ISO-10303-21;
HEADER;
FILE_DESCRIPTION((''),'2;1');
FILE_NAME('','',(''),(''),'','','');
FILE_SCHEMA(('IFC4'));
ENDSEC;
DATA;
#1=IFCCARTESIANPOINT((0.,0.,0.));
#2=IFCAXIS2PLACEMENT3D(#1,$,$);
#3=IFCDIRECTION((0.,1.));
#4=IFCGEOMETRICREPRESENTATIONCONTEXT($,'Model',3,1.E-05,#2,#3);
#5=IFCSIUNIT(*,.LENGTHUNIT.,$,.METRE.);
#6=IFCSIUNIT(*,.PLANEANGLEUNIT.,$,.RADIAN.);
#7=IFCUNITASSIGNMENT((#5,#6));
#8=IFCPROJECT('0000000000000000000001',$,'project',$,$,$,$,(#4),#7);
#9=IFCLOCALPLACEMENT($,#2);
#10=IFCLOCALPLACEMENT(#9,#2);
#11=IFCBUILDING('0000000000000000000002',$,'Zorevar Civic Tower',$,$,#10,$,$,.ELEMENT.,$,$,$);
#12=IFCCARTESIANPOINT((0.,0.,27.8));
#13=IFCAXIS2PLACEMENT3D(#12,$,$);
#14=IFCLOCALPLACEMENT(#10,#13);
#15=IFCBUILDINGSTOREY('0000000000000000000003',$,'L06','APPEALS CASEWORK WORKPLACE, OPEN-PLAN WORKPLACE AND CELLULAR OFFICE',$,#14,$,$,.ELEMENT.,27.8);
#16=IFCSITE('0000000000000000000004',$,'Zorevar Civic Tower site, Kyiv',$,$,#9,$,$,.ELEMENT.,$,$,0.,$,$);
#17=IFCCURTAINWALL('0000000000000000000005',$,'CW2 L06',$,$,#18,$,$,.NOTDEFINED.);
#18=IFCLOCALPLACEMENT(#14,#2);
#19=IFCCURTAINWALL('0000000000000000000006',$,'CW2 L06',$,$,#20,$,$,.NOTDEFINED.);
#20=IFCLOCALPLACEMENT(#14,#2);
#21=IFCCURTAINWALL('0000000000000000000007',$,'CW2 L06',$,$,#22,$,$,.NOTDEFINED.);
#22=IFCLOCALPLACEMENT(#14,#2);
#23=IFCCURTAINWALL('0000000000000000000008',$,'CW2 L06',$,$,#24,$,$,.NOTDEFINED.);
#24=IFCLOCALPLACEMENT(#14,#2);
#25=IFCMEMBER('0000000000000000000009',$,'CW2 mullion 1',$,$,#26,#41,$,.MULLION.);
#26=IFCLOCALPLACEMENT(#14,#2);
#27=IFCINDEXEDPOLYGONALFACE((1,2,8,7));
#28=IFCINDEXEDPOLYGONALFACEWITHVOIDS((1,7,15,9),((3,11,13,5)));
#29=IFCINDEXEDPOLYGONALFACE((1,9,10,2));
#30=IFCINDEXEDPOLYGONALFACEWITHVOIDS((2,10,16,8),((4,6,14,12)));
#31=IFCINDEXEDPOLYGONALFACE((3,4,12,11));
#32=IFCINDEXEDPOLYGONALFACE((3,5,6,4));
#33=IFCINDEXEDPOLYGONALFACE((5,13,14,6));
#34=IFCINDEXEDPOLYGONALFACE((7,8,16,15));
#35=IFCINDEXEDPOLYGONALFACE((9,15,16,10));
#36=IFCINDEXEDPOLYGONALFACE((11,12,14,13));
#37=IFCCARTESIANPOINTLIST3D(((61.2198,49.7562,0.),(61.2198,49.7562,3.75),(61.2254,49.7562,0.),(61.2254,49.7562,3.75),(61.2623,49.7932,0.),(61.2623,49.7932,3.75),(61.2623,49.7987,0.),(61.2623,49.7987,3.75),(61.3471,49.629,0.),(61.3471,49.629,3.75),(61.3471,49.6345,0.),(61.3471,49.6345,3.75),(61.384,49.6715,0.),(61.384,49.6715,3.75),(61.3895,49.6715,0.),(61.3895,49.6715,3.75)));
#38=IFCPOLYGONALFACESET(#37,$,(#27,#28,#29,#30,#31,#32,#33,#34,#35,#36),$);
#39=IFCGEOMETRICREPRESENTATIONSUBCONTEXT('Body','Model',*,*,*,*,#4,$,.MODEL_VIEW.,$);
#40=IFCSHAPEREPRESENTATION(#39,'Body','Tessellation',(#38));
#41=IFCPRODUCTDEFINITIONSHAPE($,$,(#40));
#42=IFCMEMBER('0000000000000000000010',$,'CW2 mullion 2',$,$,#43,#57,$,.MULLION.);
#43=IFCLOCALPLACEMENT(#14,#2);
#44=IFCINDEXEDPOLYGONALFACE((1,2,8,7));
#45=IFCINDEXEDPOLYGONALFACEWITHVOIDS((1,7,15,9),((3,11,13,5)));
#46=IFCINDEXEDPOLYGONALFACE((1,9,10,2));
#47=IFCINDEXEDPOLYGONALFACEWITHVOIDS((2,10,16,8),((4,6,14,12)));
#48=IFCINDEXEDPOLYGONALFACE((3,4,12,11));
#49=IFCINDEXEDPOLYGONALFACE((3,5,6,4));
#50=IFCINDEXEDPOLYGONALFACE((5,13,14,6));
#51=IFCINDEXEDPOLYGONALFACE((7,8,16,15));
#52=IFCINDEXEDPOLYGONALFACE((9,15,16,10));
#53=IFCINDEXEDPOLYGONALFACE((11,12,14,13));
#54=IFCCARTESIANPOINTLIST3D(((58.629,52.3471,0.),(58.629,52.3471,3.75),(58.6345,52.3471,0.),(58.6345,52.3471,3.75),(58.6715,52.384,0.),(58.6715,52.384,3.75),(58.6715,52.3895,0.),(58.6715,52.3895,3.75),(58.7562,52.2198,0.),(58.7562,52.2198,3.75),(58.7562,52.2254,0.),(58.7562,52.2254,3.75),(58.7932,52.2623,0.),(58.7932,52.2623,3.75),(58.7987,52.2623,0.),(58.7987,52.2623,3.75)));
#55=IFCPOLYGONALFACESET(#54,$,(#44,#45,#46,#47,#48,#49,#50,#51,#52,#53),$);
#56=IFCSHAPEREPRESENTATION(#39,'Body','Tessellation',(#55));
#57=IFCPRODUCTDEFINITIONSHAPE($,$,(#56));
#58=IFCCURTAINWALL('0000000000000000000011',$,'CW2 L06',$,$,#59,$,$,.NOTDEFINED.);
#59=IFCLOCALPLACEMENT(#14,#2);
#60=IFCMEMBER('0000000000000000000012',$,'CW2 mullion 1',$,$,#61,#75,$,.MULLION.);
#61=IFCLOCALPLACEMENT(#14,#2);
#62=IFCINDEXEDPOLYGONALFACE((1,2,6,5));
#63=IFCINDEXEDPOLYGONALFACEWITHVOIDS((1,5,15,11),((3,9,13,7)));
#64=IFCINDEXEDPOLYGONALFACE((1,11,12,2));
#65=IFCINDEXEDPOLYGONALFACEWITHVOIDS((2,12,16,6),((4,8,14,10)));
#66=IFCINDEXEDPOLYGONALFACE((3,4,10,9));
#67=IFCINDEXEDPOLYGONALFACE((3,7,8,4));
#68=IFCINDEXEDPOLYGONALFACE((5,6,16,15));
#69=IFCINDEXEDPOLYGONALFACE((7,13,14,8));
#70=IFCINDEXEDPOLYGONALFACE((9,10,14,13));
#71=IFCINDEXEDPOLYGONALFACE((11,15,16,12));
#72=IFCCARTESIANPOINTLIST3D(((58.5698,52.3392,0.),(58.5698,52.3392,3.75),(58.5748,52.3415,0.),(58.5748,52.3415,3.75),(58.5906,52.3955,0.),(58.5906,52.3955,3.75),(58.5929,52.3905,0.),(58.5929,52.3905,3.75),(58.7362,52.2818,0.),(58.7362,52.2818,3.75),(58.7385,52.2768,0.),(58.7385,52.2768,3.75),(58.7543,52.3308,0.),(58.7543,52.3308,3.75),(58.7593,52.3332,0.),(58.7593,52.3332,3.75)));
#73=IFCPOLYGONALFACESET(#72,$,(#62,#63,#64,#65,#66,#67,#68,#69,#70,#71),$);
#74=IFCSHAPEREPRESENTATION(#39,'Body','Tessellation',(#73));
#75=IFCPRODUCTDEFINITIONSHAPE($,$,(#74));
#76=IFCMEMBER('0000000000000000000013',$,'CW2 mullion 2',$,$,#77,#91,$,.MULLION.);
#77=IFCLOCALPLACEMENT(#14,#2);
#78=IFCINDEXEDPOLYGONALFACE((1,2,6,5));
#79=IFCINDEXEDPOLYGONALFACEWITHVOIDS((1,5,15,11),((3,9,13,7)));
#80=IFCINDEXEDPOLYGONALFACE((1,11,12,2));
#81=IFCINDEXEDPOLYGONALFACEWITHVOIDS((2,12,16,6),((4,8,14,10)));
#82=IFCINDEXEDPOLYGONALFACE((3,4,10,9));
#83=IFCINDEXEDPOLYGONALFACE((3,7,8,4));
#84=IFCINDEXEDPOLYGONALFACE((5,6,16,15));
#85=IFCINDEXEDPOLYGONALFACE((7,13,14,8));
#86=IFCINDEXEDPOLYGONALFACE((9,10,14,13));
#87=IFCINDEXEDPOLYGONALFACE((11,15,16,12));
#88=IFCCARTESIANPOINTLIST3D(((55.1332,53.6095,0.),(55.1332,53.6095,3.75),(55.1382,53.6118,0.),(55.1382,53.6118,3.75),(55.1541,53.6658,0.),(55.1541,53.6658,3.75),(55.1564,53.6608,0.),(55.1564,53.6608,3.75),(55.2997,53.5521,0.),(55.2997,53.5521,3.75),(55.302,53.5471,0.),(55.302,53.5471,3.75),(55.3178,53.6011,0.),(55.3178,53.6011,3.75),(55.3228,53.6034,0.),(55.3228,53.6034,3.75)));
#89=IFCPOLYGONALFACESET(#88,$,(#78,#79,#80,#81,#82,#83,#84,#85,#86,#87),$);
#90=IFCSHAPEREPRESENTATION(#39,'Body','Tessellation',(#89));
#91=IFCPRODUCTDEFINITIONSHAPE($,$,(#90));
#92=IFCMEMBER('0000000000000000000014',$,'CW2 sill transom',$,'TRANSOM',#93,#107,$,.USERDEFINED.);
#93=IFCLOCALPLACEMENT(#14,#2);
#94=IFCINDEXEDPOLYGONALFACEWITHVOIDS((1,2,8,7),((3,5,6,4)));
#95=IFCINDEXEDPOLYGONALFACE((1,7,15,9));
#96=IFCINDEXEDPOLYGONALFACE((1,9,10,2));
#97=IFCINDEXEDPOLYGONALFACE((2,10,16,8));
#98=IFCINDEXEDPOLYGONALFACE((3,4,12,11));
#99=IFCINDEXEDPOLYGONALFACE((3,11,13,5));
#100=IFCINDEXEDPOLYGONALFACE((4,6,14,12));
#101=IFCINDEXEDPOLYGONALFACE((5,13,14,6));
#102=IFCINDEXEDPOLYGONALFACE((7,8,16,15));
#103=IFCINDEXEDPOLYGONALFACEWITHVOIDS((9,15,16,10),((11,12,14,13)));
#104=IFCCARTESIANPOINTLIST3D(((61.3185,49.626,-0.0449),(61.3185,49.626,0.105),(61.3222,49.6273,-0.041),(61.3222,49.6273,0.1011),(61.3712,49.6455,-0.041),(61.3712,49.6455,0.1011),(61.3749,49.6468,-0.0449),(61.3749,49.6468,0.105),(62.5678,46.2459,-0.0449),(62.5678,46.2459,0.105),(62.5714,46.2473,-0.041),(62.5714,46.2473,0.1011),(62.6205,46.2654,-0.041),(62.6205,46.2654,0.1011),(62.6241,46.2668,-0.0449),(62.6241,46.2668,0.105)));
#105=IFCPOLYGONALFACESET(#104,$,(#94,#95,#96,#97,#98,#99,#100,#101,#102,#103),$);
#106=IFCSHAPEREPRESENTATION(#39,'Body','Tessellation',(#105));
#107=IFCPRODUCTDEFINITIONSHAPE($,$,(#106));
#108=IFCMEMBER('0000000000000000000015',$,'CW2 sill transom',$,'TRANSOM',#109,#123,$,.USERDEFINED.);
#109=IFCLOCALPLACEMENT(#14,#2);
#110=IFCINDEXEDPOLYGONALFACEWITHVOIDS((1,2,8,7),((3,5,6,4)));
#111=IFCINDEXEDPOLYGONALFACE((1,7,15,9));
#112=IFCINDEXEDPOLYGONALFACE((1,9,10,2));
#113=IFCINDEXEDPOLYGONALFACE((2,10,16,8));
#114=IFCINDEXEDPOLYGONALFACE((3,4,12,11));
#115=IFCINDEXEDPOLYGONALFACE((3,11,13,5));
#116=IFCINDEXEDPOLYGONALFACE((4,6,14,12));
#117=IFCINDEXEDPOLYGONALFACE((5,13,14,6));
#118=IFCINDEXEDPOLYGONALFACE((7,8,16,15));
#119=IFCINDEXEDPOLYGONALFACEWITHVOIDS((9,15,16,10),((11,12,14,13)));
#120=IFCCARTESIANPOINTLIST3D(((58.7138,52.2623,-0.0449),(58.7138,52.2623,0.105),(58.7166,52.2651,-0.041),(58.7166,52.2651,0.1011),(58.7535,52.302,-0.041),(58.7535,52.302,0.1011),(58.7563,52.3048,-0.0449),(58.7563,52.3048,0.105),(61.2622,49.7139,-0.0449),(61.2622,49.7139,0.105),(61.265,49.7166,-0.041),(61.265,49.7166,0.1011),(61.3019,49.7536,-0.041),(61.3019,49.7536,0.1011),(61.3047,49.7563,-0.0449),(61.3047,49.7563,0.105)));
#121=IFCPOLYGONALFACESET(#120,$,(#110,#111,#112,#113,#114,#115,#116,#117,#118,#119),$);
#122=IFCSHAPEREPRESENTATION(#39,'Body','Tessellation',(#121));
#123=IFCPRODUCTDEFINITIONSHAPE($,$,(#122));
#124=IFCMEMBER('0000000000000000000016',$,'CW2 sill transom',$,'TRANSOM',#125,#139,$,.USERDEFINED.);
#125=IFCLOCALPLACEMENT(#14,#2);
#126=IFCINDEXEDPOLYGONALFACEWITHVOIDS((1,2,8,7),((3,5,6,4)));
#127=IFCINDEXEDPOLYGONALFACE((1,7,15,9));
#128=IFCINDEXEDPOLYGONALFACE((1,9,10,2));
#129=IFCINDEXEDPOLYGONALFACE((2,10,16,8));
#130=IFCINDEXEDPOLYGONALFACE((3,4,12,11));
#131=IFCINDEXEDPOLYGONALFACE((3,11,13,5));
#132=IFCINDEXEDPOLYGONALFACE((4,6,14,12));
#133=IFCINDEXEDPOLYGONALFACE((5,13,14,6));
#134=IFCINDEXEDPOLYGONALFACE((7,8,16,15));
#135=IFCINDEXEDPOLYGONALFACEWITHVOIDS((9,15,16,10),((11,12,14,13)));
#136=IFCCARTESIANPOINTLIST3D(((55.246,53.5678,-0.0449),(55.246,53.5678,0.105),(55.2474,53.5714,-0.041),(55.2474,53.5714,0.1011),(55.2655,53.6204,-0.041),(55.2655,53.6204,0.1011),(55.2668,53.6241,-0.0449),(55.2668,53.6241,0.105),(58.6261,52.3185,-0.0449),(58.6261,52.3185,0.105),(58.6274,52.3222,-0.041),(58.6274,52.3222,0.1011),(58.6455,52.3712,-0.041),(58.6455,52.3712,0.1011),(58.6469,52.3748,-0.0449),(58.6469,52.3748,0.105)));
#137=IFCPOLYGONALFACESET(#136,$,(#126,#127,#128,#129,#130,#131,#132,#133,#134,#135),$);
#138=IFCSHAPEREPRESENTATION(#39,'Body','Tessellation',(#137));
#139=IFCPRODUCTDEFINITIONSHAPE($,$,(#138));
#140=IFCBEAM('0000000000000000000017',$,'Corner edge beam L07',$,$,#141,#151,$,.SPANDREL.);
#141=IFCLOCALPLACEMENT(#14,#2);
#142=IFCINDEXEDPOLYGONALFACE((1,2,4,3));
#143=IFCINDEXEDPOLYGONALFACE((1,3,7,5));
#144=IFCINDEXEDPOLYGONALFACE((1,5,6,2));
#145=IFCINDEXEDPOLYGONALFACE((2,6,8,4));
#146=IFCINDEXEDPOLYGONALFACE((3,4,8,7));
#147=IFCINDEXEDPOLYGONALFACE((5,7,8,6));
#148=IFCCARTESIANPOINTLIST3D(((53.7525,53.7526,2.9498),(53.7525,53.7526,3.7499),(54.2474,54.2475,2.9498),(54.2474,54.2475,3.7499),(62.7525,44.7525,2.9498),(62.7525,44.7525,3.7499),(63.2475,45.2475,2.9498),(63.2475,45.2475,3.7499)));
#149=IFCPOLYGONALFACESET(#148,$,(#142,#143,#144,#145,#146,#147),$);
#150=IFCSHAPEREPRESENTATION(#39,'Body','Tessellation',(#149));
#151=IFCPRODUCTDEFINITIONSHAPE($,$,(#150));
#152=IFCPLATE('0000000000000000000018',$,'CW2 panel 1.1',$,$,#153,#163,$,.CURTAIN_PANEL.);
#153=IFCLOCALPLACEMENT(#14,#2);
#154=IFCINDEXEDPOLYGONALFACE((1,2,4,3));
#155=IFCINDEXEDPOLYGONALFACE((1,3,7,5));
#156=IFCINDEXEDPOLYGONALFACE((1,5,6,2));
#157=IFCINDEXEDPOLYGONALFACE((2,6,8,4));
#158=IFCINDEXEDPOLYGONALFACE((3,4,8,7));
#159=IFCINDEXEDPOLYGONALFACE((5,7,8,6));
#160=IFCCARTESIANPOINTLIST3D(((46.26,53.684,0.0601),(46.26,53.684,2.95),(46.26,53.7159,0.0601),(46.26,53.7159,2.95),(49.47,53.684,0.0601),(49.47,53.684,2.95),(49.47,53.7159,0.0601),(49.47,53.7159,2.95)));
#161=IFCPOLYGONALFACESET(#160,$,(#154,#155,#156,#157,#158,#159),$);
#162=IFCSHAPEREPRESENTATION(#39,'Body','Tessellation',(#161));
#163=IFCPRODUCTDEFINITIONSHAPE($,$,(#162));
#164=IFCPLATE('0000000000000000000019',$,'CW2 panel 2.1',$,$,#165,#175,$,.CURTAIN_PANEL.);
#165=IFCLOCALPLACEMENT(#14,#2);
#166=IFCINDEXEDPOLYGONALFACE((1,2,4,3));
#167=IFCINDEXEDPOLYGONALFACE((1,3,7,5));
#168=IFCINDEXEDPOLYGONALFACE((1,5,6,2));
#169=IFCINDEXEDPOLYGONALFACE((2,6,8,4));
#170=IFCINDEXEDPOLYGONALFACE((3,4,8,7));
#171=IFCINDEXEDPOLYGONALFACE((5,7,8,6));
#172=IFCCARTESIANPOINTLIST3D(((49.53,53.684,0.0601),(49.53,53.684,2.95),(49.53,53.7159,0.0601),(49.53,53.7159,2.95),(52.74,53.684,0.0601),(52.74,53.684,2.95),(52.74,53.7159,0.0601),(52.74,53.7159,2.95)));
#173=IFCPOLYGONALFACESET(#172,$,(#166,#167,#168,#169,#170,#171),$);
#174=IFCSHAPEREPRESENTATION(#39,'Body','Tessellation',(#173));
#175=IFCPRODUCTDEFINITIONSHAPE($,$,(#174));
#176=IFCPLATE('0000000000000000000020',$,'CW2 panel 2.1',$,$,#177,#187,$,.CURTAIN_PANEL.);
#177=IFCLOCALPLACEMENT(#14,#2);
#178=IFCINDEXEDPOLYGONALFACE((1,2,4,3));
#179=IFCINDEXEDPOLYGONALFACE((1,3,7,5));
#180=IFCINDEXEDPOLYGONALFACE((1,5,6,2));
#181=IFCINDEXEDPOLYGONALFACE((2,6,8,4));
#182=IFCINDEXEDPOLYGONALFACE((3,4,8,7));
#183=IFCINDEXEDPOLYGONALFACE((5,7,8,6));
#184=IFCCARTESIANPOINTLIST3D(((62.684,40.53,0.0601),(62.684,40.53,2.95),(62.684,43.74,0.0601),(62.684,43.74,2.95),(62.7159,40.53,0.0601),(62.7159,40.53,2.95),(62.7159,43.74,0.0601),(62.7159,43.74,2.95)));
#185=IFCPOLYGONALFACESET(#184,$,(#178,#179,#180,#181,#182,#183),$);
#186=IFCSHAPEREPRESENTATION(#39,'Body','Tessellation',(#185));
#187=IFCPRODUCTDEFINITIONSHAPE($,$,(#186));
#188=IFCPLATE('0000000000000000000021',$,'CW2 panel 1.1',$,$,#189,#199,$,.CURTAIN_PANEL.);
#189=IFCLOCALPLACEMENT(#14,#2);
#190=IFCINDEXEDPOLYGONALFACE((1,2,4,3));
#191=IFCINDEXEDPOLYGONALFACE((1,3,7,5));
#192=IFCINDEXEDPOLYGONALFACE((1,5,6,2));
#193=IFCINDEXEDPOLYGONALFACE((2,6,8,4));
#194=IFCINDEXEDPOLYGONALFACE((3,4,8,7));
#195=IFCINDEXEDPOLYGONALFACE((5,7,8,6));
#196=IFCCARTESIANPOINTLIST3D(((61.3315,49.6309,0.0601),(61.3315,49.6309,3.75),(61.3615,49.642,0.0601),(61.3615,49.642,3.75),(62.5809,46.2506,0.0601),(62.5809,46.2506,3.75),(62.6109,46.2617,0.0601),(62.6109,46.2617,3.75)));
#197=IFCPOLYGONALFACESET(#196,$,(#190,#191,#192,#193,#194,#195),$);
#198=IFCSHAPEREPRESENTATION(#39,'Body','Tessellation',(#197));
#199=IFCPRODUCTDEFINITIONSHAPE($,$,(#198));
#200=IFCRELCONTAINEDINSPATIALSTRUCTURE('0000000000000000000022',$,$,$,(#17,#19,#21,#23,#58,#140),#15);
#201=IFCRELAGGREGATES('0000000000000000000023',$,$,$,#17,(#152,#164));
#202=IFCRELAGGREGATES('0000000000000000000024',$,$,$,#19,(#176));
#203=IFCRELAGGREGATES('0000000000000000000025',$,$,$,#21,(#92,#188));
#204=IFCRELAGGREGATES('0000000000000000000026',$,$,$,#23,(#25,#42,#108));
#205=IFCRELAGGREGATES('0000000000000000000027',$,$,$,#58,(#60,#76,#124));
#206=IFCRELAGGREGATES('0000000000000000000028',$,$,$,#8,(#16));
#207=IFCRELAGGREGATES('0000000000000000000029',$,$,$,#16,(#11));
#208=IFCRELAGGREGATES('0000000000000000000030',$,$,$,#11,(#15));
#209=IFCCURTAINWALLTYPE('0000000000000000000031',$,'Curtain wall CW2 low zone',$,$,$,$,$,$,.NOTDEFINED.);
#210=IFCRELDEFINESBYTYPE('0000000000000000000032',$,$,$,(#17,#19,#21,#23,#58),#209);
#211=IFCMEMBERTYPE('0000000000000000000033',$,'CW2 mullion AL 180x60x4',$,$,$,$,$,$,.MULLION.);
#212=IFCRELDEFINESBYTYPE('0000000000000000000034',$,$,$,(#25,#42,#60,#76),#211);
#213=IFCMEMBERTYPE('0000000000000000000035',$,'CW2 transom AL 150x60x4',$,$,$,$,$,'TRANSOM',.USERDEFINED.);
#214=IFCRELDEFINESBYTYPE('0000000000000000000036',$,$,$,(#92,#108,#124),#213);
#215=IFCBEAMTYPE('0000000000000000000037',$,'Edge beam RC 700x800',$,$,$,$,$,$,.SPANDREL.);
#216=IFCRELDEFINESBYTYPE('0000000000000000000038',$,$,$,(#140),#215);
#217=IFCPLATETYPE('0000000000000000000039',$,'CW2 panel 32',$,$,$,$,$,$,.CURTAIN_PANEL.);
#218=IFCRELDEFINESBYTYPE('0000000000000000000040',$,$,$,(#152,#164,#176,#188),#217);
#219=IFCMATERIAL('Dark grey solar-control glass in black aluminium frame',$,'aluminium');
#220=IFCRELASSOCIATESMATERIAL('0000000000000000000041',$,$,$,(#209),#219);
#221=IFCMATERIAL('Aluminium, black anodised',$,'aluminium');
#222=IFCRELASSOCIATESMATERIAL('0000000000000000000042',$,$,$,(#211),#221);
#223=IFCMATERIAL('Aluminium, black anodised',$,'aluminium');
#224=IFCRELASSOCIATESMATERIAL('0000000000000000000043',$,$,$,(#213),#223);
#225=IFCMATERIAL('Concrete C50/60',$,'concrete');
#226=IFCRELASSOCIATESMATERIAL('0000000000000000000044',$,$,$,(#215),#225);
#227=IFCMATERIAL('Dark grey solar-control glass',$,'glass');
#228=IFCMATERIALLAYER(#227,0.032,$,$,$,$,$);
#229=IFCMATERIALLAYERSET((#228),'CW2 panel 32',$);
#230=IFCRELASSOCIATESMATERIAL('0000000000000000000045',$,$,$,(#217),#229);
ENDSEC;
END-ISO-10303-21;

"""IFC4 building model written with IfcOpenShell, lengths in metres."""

from ifc_helpers import new_model, si_unit, direction, frame, origin, origin_2d, place, context, subcontext, project, spatial, rectangle, hollow_rectangle, extrude, material, layer, layer_set, material_profile, profile_set, type_object, element, aggregate, save


model = new_model("IFC4")

# Units and contexts
model_context = context("Model", 3, precision=1e-05, world=origin(), true_north=direction((0.0, 1.0)))
body_context = subcontext(model_context, "Body", "Model", "MODEL_VIEW")
ifc_project = project(units=[si_unit("LENGTHUNIT", "METRE"), si_unit("PLANEANGLEUNIT", "RADIAN")], contexts=[model_context])

# Site, building, storey
site_placement = place(None, origin())
site = spatial("IfcSite", under=ifc_project, at=site_placement, Name="Zorevar Civic Tower site, Kyiv", CompositionType="ELEMENT", RefElevation=0.0)
building_placement = place(site_placement, origin())
building = spatial("IfcBuilding", under=site, at=building_placement, Name="Zorevar Civic Tower", CompositionType="ELEMENT")
storey_placement = place(building_placement, frame((0.0, 0.0, 27.8)))
storey = spatial("IfcBuildingStorey", under=building, at=storey_placement, Name="L06", Description="APPEALS CASEWORK WORKPLACE, OPEN-PLAN WORKPLACE AND CELLULAR OFFICE", CompositionType="ELEMENT", Elevation=27.8)

# Curtain walls, members
ifc_material_1 = material(Name="Dark grey solar-control glass in black aluminium frame", Category="aluminium")
curtain_wall_type = type_object("IfcCurtainWallType", Name="Curtain wall CW2 low zone", PredefinedType="NOTDEFINED", material=ifc_material_1)
curtain_wall_1_placement = place(storey_placement, origin())
curtain_wall_1 = element("IfcCurtainWall", 1, at=curtain_wall_1_placement, inside=storey, type_object=curtain_wall_type, Name="CW2 L06", PredefinedType="NOTDEFINED")
ifc_material_2 = material(Name="Aluminium, black anodised", Category="aluminium")
ifc_material_profile_1 = material_profile(ifc_material_2, hollow_rectangle(XDim=0.0601, YDim=0.1799, WallThickness=0.0039, at=origin_2d()), Name="AL 180x60x4")
ifc_profile_set_1 = profile_set([ifc_material_profile_1], Name="Aluminium, black anodised")
member_type_1 = type_object("IfcMemberType", Name="CW2 mullion AL 180x60x4", PredefinedType="MULLION", material=ifc_profile_set_1)
curtain_wall_2_placement = place(storey_placement, origin())
curtain_wall_2 = element("IfcCurtainWall", 2, at=curtain_wall_2_placement, inside=storey, type_object=curtain_wall_type, Name="CW2 L06", PredefinedType="NOTDEFINED")
curtain_wall_3_placement = place(storey_placement, origin())
curtain_wall_3 = element("IfcCurtainWall", 3, at=curtain_wall_3_placement, inside=storey, type_object=curtain_wall_type, Name="CW2 L06", PredefinedType="NOTDEFINED")
curtain_wall_4_placement = place(storey_placement, origin())
curtain_wall_4 = element("IfcCurtainWall", 4, at=curtain_wall_4_placement, inside=storey, type_object=curtain_wall_type, Name="CW2 L06", PredefinedType="NOTDEFINED")
member_1_placement = place(storey_placement, frame((61.3047, 49.7139, 0.0), z_axis=(0.0, 0.0, 1.0), x_axis=(-0.707107, -0.707107, 0.0)))
member_1 = element("IfcMember", 5, at=member_1_placement, type_object=member_type_1, Name="CW2 mullion 1", PredefinedType="MULLION", context=body_context, shape_type="SweptSolid", body=[
    extrude(hollow_rectangle(XDim=0.0601, YDim=0.1799, WallThickness=0.0039, at=origin_2d()), origin(), (0.0, 0.0, 1.0), 3.75),
])
member_2_placement = place(storey_placement, frame((58.7139, 52.3047, 0.0), z_axis=(0.0, 0.0, 1.0), x_axis=(-0.707107, -0.707107, 0.0)))
member_2 = element("IfcMember", 6, at=member_2_placement, type_object=member_type_1, Name="CW2 mullion 2", PredefinedType="MULLION", context=body_context, shape_type="SweptSolid", body=[
    extrude(hollow_rectangle(XDim=0.0601, YDim=0.1799, WallThickness=0.0039, at=origin_2d()), origin(), (0.0, 0.0, 1.0), 3.75),
])
curtain_wall_5_placement = place(storey_placement, origin())
curtain_wall_5 = element("IfcCurtainWall", 7, at=curtain_wall_5_placement, inside=storey, type_object=curtain_wall_type, Name="CW2 L06", PredefinedType="NOTDEFINED")
member_3_placement = place(storey_placement, frame((58.6646, 52.3362, 0.0), z_axis=(0.0, 0.0, 1.0), x_axis=(-0.346704, -0.937975, 0.0)))
member_3 = element("IfcMember", 8, at=member_3_placement, type_object=member_type_1, Name="CW2 mullion 1", PredefinedType="MULLION", context=body_context, shape_type="SweptSolid", body=[
    extrude(hollow_rectangle(XDim=0.0601, YDim=0.1799, WallThickness=0.0039, at=origin_2d()), origin(), (0.0, 0.0, 1.0), 3.75),
])
member_4_placement = place(storey_placement, frame((55.228, 53.6064, 0.0), z_axis=(0.0, 0.0, 1.0), x_axis=(-0.346704, -0.937975, 0.0)))
member_4 = element("IfcMember", 9, at=member_4_placement, type_object=member_type_1, Name="CW2 mullion 2", PredefinedType="MULLION", context=body_context, shape_type="SweptSolid", body=[
    extrude(hollow_rectangle(XDim=0.0601, YDim=0.1799, WallThickness=0.0039, at=origin_2d()), origin(), (0.0, 0.0, 1.0), 3.75),
])

# Members
ifc_material_3 = material(Name="Aluminium, black anodised", Category="aluminium")
ifc_material_profile_2 = material_profile(ifc_material_3, hollow_rectangle(XDim=0.0601, YDim=0.1499, WallThickness=0.0039, at=origin_2d()), Name="AL 150x60x4")
ifc_profile_set_2 = profile_set([ifc_material_profile_2], Name="Aluminium, black anodised")
member_type_2 = type_object("IfcMemberType", Name="CW2 transom AL 150x60x4", ElementType="TRANSOM", PredefinedType="USERDEFINED", material=ifc_profile_set_2)
member_5_placement = place(storey_placement, frame((62.5959, 46.2563, 0.03), z_axis=(-0.346672, 0.937986, 0.0), x_axis=(-0.937986, -0.346672, 0.0)))
member_5 = element("IfcMember", 10, at=member_5_placement, type_object=member_type_2, Name="CW2 sill transom", ObjectType="TRANSOM", PredefinedType="USERDEFINED", context=body_context, shape_type="SweptSolid", body=[
    extrude(hollow_rectangle(XDim=0.0601, YDim=0.1499, WallThickness=0.0039, at=origin_2d()), origin(), (0.0, 0.0, 1.0), 3.6035),
])
member_6_placement = place(storey_placement, frame((61.2834, 49.7351, 0.03), z_axis=(-0.707107, 0.707107, 0.0), x_axis=(-0.707107, -0.707107, 0.0)))
member_6 = element("IfcMember", 11, at=member_6_placement, type_object=member_type_2, Name="CW2 sill transom", ObjectType="TRANSOM", PredefinedType="USERDEFINED", context=body_context, shape_type="SweptSolid", body=[
    extrude(hollow_rectangle(XDim=0.0601, YDim=0.1499, WallThickness=0.0039, at=origin_2d()), origin(), (0.0, 0.0, 1.0), 3.604),
])
member_7_placement = place(storey_placement, frame((58.6365, 52.3467, 0.03), z_axis=(-0.937986, 0.346672, 0.0), x_axis=(-0.346672, -0.937986, 0.0)))
member_7 = element("IfcMember", 12, at=member_7_placement, type_object=member_type_2, Name="CW2 sill transom", ObjectType="TRANSOM", PredefinedType="USERDEFINED", context=body_context, shape_type="SweptSolid", body=[
    extrude(hollow_rectangle(XDim=0.0601, YDim=0.1499, WallThickness=0.0039, at=origin_2d()), origin(), (0.0, 0.0, 1.0), 3.6035),
])

# Beam
ifc_material_4 = material(Name="Concrete C50/60", Category="concrete")
ifc_material_profile_3 = material_profile(ifc_material_4, rectangle(XDim=0.7, YDim=0.8, at=origin_2d()), Name="RC 700x800")
ifc_profile_set_3 = profile_set([ifc_material_profile_3], Name="Concrete C50/60")
beam_type_1 = type_object("IfcBeamType", Name="Edge beam RC 700x800", PredefinedType="SPANDREL", material=ifc_profile_set_3)
beam_1_placement = place(storey_placement, frame((63.0, 45.0, 3.3499), z_axis=(-0.707107, 0.707107, 0.0), x_axis=(-0.707107, -0.707107, 0.0)))
element("IfcBeam", 13, at=beam_1_placement, inside=storey, type_object=beam_type_1, Name="Corner edge beam L07", PredefinedType="SPANDREL", context=body_context, shape_type="SweptSolid", body=[
    extrude(rectangle(XDim=0.7, YDim=0.8, at=origin_2d()), origin(), (0.0, 0.0, 1.0), 12.728),
])

# Plates
ifc_material_5 = material(Name="Dark grey solar-control glass", Category="glass")
ifc_layer_1 = layer(ifc_material_5, 0.032)
ifc_layer_set_1 = layer_set([ifc_layer_1], Name="CW2 panel 32")
plate_type = type_object("IfcPlateType", Name="CW2 panel 32", PredefinedType="CURTAIN_PANEL", material=ifc_layer_set_1)
plate_1_placement = place(storey_placement, frame((47.865, 53.7, 0.0601), z_axis=(0.0, 0.0, 1.0), x_axis=(1.0, 0.0, 0.0)))
plate_1 = element("IfcPlate", 14, at=plate_1_placement, type_object=plate_type, Name="CW2 panel 1.1", PredefinedType="CURTAIN_PANEL", context=body_context, shape_type="SweptSolid", body=[
    extrude(rectangle(XDim=3.21, YDim=0.032, at=origin_2d()), origin(), (0.0, 0.0, 1.0), 2.8899),
])
plate_2_placement = place(storey_placement, frame((51.135, 53.7, 0.0601), z_axis=(0.0, 0.0, 1.0), x_axis=(1.0, 0.0, 0.0)))
plate_2 = element("IfcPlate", 15, at=plate_2_placement, type_object=plate_type, Name="CW2 panel 2.1", PredefinedType="CURTAIN_PANEL", context=body_context, shape_type="SweptSolid", body=[
    extrude(rectangle(XDim=3.21, YDim=0.032, at=origin_2d()), origin(), (0.0, 0.0, 1.0), 2.8899),
])
aggregate(curtain_wall_1, [plate_1, plate_2])
plate_3_placement = place(storey_placement, frame((62.7, 42.135, 0.0601), z_axis=(0.0, 0.0, 1.0), x_axis=(0.0, 1.0, 0.0)))
plate_3 = element("IfcPlate", 16, at=plate_3_placement, type_object=plate_type, Name="CW2 panel 2.1", PredefinedType="CURTAIN_PANEL", context=body_context, shape_type="SweptSolid", body=[
    extrude(rectangle(XDim=3.21, YDim=0.032, at=origin_2d()), origin(), (0.0, 0.0, 1.0), 2.8899),
])
aggregate(curtain_wall_2, [plate_3])
plate_4_placement = place(storey_placement, frame((61.9712, 47.9463, 0.0601), z_axis=(0.0, 0.0, 1.0), x_axis=(-0.346704, 0.937975, 0.0)))
plate_4 = element("IfcPlate", 17, at=plate_4_placement, type_object=plate_type, Name="CW2 panel 1.1", PredefinedType="CURTAIN_PANEL", context=body_context, shape_type="SweptSolid", body=[
    extrude(rectangle(XDim=3.6038, YDim=0.032, at=origin_2d()), origin(), (0.0, 0.0, 1.0), 3.6899),
])
aggregate(curtain_wall_3, [member_5, plate_4])
aggregate(curtain_wall_4, [member_1, member_2, member_6])
aggregate(curtain_wall_5, [member_3, member_4, member_7])

save(model, "model.ifc")
